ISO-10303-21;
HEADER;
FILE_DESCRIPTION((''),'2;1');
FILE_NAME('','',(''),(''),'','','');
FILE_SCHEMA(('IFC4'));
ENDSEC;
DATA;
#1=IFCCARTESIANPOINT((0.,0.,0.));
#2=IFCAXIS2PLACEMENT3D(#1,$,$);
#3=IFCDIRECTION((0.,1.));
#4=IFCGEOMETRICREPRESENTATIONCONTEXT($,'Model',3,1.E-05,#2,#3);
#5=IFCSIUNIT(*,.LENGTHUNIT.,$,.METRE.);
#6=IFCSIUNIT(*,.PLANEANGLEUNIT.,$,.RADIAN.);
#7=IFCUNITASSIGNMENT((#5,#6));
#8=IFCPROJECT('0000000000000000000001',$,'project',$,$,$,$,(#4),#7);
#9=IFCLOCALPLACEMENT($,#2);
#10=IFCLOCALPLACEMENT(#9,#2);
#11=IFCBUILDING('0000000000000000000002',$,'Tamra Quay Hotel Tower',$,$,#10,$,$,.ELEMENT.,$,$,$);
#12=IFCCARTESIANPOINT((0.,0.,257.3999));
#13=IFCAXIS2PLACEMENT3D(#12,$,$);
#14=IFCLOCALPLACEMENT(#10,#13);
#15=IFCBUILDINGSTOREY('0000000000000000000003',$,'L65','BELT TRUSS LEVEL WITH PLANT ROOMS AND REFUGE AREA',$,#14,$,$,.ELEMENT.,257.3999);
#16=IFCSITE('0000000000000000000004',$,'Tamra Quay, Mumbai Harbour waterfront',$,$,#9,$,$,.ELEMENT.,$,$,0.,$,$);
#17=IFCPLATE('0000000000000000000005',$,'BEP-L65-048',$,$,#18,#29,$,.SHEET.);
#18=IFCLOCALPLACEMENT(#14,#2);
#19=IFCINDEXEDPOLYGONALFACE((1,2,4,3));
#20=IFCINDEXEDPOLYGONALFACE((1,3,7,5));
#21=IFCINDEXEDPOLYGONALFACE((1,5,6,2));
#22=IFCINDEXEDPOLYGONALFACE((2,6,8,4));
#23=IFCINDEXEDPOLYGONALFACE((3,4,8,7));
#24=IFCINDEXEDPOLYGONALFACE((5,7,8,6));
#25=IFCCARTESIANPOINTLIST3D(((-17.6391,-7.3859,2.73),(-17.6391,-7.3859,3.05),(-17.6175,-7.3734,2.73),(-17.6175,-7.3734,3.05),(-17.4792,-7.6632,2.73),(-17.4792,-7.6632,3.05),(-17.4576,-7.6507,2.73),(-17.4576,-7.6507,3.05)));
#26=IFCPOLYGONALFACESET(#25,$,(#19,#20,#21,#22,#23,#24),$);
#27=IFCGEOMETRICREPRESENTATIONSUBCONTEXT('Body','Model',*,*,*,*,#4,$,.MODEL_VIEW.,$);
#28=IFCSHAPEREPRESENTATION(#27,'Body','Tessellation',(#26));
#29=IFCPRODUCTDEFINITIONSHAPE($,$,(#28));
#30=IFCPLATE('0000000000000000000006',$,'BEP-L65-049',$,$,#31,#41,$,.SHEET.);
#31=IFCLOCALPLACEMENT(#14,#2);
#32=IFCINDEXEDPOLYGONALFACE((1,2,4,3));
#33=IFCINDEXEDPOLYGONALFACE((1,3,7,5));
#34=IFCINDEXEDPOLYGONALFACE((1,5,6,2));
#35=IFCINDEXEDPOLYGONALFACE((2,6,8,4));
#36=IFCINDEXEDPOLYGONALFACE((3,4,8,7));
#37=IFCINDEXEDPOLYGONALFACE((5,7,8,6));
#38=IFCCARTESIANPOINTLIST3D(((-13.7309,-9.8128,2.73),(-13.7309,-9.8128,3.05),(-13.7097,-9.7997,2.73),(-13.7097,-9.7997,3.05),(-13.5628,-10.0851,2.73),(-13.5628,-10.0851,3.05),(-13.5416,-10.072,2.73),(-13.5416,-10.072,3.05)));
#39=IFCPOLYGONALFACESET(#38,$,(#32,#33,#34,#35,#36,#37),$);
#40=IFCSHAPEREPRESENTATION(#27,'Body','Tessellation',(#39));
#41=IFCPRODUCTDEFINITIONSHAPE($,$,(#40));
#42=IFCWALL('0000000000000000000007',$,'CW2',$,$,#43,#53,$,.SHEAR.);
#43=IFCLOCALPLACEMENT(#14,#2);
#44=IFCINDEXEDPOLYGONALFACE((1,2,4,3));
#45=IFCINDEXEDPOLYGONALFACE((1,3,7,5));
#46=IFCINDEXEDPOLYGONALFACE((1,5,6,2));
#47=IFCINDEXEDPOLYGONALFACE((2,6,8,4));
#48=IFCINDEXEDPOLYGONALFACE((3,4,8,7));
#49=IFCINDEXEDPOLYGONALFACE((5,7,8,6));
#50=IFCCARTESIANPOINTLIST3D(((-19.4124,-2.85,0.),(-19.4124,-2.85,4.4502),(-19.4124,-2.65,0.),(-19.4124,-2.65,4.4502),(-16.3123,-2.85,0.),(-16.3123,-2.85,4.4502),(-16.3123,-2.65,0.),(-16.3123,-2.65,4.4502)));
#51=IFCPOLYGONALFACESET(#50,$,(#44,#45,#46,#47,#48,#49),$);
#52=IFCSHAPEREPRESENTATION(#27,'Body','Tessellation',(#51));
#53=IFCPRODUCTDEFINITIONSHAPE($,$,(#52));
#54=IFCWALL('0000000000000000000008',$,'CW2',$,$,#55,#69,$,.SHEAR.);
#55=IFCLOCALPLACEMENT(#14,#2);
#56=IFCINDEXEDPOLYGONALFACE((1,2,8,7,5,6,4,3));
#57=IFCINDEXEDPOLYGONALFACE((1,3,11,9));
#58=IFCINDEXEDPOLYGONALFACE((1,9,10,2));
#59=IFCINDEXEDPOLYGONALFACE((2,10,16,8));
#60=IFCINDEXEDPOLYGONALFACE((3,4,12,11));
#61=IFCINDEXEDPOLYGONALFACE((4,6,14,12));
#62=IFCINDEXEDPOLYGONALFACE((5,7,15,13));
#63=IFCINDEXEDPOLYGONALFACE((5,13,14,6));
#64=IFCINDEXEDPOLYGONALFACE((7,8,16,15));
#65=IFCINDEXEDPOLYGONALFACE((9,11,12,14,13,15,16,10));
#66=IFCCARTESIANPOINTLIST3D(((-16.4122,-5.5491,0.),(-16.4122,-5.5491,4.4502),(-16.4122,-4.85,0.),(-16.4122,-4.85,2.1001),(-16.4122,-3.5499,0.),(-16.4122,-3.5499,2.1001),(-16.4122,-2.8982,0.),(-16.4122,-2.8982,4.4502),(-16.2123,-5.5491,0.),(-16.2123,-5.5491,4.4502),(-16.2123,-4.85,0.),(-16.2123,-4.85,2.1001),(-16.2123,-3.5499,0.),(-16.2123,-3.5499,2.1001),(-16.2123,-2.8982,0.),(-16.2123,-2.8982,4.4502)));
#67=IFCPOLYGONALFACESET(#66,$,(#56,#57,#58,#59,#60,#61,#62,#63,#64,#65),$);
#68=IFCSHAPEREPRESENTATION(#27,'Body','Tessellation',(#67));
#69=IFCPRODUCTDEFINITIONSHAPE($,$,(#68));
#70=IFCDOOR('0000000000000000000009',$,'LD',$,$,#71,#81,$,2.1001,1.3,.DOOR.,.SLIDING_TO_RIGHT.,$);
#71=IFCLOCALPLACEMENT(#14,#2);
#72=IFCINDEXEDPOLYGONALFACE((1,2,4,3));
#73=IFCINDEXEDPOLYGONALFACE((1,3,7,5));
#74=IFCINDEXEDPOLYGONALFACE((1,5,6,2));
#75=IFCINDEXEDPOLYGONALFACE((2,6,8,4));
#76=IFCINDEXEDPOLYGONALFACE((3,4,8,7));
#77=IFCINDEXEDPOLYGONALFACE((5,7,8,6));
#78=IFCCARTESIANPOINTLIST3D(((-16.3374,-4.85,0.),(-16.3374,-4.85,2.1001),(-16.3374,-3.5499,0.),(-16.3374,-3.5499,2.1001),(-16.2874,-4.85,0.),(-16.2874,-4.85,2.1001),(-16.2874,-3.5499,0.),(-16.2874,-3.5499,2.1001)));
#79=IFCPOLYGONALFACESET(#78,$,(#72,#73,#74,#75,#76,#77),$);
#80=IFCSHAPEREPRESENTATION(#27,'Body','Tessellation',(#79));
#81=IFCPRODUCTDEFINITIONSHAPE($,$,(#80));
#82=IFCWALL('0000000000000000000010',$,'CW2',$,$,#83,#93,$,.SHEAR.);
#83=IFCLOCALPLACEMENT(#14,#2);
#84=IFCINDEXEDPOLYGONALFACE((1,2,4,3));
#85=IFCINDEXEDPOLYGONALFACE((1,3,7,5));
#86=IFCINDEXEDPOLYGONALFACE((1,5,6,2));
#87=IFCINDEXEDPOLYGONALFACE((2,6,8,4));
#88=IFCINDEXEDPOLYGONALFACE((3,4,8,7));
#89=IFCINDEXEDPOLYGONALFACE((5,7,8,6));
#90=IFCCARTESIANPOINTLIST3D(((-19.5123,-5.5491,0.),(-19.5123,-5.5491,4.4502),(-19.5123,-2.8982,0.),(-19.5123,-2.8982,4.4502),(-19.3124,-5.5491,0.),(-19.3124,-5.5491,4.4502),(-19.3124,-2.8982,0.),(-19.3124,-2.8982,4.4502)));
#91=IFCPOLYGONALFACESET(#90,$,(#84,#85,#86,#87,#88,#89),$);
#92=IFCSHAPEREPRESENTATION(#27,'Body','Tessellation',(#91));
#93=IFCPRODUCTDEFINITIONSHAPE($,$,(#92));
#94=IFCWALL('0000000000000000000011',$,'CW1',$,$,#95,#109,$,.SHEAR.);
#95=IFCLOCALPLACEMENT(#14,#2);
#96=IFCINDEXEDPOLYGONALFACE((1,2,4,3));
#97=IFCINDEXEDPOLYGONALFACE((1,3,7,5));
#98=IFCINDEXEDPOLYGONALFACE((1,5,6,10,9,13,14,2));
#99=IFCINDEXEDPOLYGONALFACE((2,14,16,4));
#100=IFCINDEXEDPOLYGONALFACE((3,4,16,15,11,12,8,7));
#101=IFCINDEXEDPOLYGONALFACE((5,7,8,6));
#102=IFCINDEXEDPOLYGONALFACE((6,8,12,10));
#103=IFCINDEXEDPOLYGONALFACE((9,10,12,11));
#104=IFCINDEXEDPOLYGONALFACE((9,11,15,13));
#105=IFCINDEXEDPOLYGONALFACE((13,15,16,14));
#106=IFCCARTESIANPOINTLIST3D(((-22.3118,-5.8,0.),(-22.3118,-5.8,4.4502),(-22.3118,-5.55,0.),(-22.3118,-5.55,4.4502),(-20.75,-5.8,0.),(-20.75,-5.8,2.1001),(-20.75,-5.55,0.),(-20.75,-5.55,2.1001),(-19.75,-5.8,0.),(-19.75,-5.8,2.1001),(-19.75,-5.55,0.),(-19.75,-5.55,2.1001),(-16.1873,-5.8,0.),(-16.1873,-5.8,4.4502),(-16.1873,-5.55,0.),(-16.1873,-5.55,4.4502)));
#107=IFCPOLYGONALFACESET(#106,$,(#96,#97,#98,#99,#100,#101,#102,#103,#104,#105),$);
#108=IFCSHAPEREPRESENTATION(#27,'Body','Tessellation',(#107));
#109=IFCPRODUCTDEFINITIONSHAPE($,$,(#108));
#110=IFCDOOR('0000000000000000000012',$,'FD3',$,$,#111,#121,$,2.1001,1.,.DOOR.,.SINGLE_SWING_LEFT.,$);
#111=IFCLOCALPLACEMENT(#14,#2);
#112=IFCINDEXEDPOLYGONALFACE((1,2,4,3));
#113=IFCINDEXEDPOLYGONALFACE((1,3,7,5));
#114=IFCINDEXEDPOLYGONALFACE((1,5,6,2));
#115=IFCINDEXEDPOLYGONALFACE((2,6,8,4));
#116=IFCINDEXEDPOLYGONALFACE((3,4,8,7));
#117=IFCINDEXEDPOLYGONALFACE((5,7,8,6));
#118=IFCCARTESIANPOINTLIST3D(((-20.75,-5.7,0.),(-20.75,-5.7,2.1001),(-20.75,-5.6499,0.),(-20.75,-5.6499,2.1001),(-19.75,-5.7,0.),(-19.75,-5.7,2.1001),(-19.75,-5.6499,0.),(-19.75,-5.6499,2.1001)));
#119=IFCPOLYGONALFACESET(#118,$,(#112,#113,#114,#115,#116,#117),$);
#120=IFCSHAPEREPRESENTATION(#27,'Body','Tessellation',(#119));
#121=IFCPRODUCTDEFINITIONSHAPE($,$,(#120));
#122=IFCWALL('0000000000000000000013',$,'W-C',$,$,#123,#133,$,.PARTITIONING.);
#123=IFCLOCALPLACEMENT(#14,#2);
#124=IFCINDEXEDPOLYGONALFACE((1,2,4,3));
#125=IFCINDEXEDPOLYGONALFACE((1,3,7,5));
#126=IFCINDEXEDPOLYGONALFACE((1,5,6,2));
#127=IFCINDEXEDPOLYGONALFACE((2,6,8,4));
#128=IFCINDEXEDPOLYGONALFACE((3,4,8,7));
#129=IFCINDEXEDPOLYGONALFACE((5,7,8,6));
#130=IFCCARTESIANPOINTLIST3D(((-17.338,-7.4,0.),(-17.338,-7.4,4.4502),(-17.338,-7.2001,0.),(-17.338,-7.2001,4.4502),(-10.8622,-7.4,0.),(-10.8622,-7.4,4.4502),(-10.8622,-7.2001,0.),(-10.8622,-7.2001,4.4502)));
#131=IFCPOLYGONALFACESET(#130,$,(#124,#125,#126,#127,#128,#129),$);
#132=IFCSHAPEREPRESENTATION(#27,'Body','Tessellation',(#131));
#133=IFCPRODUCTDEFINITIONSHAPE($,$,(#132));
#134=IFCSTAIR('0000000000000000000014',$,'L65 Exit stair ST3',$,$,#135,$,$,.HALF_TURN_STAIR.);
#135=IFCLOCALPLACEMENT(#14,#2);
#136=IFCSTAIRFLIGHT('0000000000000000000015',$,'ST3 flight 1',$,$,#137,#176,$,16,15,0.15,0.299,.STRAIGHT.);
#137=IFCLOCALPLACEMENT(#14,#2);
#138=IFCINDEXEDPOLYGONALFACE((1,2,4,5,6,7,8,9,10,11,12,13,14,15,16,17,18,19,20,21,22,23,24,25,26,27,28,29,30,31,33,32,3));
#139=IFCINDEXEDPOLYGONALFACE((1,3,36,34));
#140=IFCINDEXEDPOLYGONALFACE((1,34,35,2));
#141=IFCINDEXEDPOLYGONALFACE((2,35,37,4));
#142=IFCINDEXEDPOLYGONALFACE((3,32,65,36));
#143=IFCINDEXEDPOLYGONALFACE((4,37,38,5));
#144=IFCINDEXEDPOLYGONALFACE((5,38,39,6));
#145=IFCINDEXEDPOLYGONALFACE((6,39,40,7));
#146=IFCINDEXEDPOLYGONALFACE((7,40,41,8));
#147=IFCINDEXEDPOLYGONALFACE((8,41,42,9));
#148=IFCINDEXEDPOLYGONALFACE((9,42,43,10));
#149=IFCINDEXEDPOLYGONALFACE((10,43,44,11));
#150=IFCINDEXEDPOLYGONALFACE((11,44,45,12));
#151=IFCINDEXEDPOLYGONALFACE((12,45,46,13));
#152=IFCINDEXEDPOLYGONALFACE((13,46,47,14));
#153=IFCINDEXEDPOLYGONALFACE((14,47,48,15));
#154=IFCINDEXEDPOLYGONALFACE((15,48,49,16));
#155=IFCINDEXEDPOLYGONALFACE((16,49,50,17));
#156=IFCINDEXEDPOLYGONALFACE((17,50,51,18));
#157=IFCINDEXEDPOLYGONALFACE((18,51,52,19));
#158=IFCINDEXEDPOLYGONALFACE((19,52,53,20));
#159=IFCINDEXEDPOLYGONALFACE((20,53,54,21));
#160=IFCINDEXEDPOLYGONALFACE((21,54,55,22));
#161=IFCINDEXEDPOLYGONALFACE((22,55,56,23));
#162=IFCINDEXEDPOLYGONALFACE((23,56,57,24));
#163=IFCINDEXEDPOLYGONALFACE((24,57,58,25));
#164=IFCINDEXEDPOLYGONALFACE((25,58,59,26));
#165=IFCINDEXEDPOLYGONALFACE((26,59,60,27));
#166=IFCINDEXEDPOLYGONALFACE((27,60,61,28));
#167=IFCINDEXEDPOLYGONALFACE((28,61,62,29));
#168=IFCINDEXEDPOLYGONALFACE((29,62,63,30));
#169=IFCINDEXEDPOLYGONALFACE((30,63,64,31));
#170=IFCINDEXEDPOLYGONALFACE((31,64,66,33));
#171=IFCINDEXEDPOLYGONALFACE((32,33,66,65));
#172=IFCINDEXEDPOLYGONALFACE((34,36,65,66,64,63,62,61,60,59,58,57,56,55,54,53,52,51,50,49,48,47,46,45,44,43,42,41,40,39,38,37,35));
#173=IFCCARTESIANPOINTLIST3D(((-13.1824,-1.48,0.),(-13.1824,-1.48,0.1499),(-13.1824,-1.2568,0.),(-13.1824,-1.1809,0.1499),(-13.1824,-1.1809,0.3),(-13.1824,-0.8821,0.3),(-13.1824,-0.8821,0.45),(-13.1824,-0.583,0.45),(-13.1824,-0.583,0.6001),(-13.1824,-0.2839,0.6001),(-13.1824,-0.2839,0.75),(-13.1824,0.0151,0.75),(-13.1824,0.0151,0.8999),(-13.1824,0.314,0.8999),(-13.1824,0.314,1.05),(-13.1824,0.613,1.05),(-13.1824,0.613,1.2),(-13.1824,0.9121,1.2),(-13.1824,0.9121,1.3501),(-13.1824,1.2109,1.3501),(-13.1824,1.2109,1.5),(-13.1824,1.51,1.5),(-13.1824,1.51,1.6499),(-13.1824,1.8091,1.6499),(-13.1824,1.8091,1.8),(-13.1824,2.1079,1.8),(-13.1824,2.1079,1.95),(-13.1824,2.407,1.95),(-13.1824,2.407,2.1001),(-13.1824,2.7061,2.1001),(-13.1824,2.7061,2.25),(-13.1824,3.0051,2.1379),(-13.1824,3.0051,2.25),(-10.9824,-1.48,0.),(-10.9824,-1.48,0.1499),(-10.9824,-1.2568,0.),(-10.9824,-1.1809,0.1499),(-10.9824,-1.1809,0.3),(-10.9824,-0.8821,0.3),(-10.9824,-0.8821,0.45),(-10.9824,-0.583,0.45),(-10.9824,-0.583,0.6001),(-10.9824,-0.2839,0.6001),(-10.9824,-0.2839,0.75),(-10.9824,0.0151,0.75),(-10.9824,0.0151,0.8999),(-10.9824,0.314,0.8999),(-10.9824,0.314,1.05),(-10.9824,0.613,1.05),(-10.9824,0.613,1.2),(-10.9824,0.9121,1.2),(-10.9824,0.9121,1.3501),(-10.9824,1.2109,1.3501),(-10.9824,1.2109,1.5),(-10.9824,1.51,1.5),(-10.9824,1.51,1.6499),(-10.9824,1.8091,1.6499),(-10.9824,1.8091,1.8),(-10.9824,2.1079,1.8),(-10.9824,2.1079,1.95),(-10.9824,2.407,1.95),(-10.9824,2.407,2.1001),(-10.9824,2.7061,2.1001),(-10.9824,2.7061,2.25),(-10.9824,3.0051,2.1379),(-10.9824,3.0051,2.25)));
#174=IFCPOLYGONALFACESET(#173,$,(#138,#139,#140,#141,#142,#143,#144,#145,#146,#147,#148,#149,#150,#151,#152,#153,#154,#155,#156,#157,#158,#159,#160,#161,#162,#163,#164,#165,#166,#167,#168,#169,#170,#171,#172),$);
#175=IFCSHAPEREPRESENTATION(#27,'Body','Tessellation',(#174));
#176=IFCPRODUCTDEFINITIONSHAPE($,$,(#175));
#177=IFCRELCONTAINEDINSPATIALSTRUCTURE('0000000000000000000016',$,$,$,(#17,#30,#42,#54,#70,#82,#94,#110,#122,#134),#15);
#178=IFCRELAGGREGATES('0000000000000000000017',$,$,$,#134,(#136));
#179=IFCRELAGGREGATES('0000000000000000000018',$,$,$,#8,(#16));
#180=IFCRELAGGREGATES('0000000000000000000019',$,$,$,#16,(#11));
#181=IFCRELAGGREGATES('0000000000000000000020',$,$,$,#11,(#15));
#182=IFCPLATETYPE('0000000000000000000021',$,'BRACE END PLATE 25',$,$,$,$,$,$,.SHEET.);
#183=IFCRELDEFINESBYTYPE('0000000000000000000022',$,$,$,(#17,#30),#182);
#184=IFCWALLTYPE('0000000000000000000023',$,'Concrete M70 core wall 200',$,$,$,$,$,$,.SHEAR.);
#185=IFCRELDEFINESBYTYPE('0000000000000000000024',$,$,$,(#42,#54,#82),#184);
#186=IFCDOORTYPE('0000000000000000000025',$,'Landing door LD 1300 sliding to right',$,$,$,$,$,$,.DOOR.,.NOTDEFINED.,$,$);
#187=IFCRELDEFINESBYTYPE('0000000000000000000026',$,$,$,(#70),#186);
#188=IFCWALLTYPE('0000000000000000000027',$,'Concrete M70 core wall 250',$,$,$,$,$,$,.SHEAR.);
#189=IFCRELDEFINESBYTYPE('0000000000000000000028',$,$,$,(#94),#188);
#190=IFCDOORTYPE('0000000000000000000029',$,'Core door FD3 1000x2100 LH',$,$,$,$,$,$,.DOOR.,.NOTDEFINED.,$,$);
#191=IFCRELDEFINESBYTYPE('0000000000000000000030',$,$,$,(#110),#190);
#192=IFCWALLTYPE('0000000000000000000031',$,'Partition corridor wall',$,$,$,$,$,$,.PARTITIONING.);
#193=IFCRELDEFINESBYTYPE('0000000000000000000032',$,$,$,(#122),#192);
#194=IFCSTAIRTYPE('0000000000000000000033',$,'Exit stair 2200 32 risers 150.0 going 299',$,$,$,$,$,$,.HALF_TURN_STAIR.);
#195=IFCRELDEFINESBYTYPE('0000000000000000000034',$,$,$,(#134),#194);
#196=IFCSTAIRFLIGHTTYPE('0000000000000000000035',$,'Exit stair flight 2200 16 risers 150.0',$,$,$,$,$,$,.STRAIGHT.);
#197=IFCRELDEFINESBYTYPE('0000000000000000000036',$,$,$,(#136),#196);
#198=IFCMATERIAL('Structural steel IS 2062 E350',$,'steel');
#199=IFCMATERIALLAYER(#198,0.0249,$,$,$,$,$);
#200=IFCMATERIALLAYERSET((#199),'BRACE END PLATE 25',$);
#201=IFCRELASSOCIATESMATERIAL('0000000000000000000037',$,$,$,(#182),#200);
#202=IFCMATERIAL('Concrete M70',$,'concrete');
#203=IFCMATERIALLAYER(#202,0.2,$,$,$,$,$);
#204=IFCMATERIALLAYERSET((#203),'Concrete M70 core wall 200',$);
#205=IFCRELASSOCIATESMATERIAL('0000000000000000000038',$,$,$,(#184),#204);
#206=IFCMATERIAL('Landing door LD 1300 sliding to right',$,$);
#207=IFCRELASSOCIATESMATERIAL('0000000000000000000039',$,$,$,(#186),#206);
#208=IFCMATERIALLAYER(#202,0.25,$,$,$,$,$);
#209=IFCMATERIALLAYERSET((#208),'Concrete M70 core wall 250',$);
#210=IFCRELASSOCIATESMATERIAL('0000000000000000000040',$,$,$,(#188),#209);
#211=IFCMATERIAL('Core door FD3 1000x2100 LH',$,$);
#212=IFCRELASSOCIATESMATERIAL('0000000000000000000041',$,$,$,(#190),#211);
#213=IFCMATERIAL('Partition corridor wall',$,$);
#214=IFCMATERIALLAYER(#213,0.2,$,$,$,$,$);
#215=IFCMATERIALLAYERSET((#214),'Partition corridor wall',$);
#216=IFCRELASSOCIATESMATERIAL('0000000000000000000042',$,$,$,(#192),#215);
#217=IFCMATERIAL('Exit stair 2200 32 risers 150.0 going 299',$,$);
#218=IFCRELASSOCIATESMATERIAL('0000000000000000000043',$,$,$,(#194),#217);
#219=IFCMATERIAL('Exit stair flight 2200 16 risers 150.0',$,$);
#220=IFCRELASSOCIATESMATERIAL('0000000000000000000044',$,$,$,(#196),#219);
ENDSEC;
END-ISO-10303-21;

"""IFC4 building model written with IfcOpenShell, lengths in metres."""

from ifc_helpers import new_model, si_unit, direction, frame, frame_2d, origin, origin_2d, place, context, subcontext, project, spatial, polyline, rectangle, outline, extrude, material, layer, layer_set, type_object, element, fill, aggregate, save


model = new_model("IFC4")

# Units and contexts
model_context = context("Model", 3, precision=1e-05, world=origin(), true_north=direction((0.0, 1.0)))
body_context = subcontext(model_context, "Body", "Model", "MODEL_VIEW")
ifc_project = project(units=[si_unit("LENGTHUNIT", "METRE"), si_unit("PLANEANGLEUNIT", "RADIAN")], contexts=[model_context])

# Site, building, storey
site_placement = place(None, origin())
site = spatial("IfcSite", under=ifc_project, at=site_placement, Name="Tamra Quay, Mumbai Harbour waterfront", CompositionType="ELEMENT", RefElevation=0.0)
building_placement = place(site_placement, origin())
building = spatial("IfcBuilding", under=site, at=building_placement, Name="Tamra Quay Hotel Tower", CompositionType="ELEMENT")
storey_placement = place(building_placement, frame((0.0, 0.0, 257.3999)))
storey = spatial("IfcBuildingStorey", under=building, at=storey_placement, Name="L65", Description="BELT TRUSS LEVEL WITH PLANT ROOMS AND REFUGE AREA", CompositionType="ELEMENT", Elevation=257.3999)

# Shared definitions
ifc_material_1 = material(Name="Structural steel IS 2062 E350", Category="steel")

# Plates
ifc_layer_1 = layer(ifc_material_1, 0.0249)
ifc_layer_set_1 = layer_set([ifc_layer_1], Name="BRACE END PLATE 25")
plate_type = type_object("IfcPlateType", Name="BRACE END PLATE 25", PredefinedType="SHEET", material=ifc_layer_set_1)
for number, where, z_axis, x_axis, name in (
    (1, (-17.5483, -7.5183, 2.73), (0.0, 0.0, 1.0), (0.866364, 0.499413, 0.0), "BEP-L65-048"),
    (2, (-13.6362, -9.9424, 2.73), (0.0, 0.0, 1.0), (0.85089, 0.525344, 0.0), "BEP-L65-049"),
):
    element("IfcPlate", number, at=place(storey_placement, frame(where, z_axis=z_axis, x_axis=x_axis)), inside=storey, type_object=plate_type, Name=name, PredefinedType="SHEET", context=body_context, shape_type="SweptSolid", body=[
        extrude(rectangle(XDim=0.0249, YDim=0.3201, at=origin_2d()), origin(), (0.0, 0.0, 1.0), 0.3201),
    ])

# Wall
ifc_material_2 = material(Name="Concrete M70", Category="concrete")
ifc_layer_2 = layer(ifc_material_2, 0.2)
ifc_layer_set_2 = layer_set([ifc_layer_2], Name="Concrete M70 core wall 200")
wall_type_1 = type_object("IfcWallType", Name="Concrete M70 core wall 200", PredefinedType="SHEAR", material=ifc_layer_set_2)
wall_1_placement = place(storey_placement, frame((-19.4124, -2.75, 0.0), z_axis=(0.0, 0.0, 1.0), x_axis=(1.0, 0.0, 0.0)))
element("IfcWall", 3, at=wall_1_placement, inside=storey, type_object=wall_type_1, Name="CW2", PredefinedType="SHEAR", context=body_context, shape_type="SweptSolid", body=[
    extrude(rectangle(XDim=3.1001, YDim=0.2, at=frame_2d((1.55, 0.0))), origin(), (0.0, 0.0, 1.0), 4.4502),
])

# Wall, opening, door
wall_2_placement = place(storey_placement, frame((-16.3123, -2.8982, 0.0), z_axis=(0.0, 0.0, 1.0), x_axis=(0.0, -1.0, 0.0)))
wall_2 = element("IfcWall", 4, at=wall_2_placement, inside=storey, type_object=wall_type_1, Name="CW2", PredefinedType="SHEAR", context=body_context, shape_type="SweptSolid", body=[
    extrude(rectangle(XDim=2.6509, YDim=0.2, at=frame_2d((1.3254, 0.0))), origin(), (0.0, 0.0, 1.0), 4.4502),
])
opening_1_placement = place(wall_2_placement, frame((0.6519, 0.0, 0.0)))
opening_1 = element("IfcOpeningElement", 5, at=opening_1_placement, cuts=wall_2, PredefinedType="OPENING", context=body_context, shape_type="SweptSolid", body=[
    extrude(rectangle(XDim=1.3, YDim=2.1001, at=frame_2d((0.6499, 1.05))), frame((0.0, 0.1099, 0.0), z_axis=(0.0, -1.0, 0.0), x_axis=(1.0, 0.0, 0.0)), (0.0, 0.0, 1.0), 0.22),
])
ifc_material_3 = material(Name="Landing door LD 1300 sliding to right")
door_type_1 = type_object("IfcDoorType", Name="Landing door LD 1300 sliding to right", OperationType="NOTDEFINED", PredefinedType="DOOR", material=ifc_material_3)
door_1_placement = place(opening_1_placement, origin())
door_1 = element("IfcDoor", 6, at=door_1_placement, inside=storey, type_object=door_type_1, Name="LD", OperationType="SLIDING_TO_RIGHT", OverallHeight=2.1001, OverallWidth=1.3, PredefinedType="DOOR", context=body_context, shape_type="SweptSolid", body=[
    extrude(rectangle(XDim=1.3, YDim=2.1001, at=frame_2d((0.6499, 1.05))), frame((0.0, 0.0249, 0.0), z_axis=(0.0, -1.0, 0.0), x_axis=(1.0, 0.0, 0.0)), (0.0, 0.0, 1.0), 0.05),
])
fill(opening_1, door_1)

# Wall
wall_3_placement = place(storey_placement, frame((-19.4124, -5.5491, 0.0), z_axis=(0.0, 0.0, 1.0), x_axis=(0.0, 1.0, 0.0)))
element("IfcWall", 7, at=wall_3_placement, inside=storey, type_object=wall_type_1, Name="CW2", PredefinedType="SHEAR", context=body_context, shape_type="SweptSolid", body=[
    extrude(rectangle(XDim=2.6509, YDim=0.2, at=frame_2d((1.3254, 0.0))), origin(), (0.0, 0.0, 1.0), 4.4502),
])

# Wall, opening, door
ifc_layer_3 = layer(ifc_material_2, 0.25)
ifc_layer_set_3 = layer_set([ifc_layer_3], Name="Concrete M70 core wall 250")
wall_type_2 = type_object("IfcWallType", Name="Concrete M70 core wall 250", PredefinedType="SHEAR", material=ifc_layer_set_3)
wall_4_placement = place(storey_placement, frame((-16.1873, -5.675, 0.0), z_axis=(0.0, 0.0, 1.0), x_axis=(-1.0, 0.0, 0.0)))
wall_4 = element("IfcWall", 8, at=wall_4_placement, inside=storey, type_object=wall_type_2, Name="CW1", PredefinedType="SHEAR", context=body_context, shape_type="SweptSolid", body=[
    extrude(rectangle(XDim=6.1245, YDim=0.25, at=frame_2d((3.0623, 0.0))), origin(), (0.0, 0.0, 1.0), 4.4502),
])
opening_2_placement = place(wall_4_placement, frame((3.5627, 0.0, 0.0)))
opening_2 = element("IfcOpeningElement", 9, at=opening_2_placement, cuts=wall_4, PredefinedType="OPENING", context=body_context, shape_type="SweptSolid", body=[
    extrude(rectangle(XDim=1.0, YDim=2.1001, at=frame_2d((0.5, 1.05))), frame((0.0, 0.135, 0.0), z_axis=(0.0, -1.0, 0.0), x_axis=(1.0, 0.0, 0.0)), (0.0, 0.0, 1.0), 0.27),
])
ifc_material_4 = material(Name="Core door FD3 1000x2100 LH")
door_type_2 = type_object("IfcDoorType", Name="Core door FD3 1000x2100 LH", OperationType="NOTDEFINED", PredefinedType="DOOR", material=ifc_material_4)
door_2_placement = place(opening_2_placement, origin())
door_2 = element("IfcDoor", 10, at=door_2_placement, inside=storey, type_object=door_type_2, Name="FD3", OperationType="SINGLE_SWING_LEFT", OverallHeight=2.1001, OverallWidth=1.0, PredefinedType="DOOR", context=body_context, shape_type="SweptSolid", body=[
    extrude(rectangle(XDim=1.0, YDim=2.1001, at=frame_2d((0.5, 1.05))), frame((0.0, 0.0249, 0.0), z_axis=(0.0, -1.0, 0.0), x_axis=(1.0, 0.0, 0.0)), (0.0, 0.0, 1.0), 0.05),
])
fill(opening_2, door_2)

# Wall
ifc_material_5 = material(Name="Partition corridor wall")
ifc_layer_4 = layer(ifc_material_5, 0.2)
ifc_layer_set_4 = layer_set([ifc_layer_4], Name="Partition corridor wall")
wall_type_3 = type_object("IfcWallType", Name="Partition corridor wall", PredefinedType="PARTITIONING", material=ifc_layer_set_4)
wall_5_placement = place(storey_placement, frame((-17.3379, -7.3, 0.0), z_axis=(0.0, 0.0, 1.0), x_axis=(1.0, 0.0, 0.0)))
element("IfcWall", 11, at=wall_5_placement, inside=storey, type_object=wall_type_3, Name="W-C", PredefinedType="PARTITIONING", context=body_context, shape_type="SweptSolid", body=[
    extrude(rectangle(XDim=6.4758, YDim=0.2, at=frame_2d((3.2378, 0.0))), origin(), (0.0, 0.0, 1.0), 4.4502),
])

# Stair, stair flight
ifc_material_6 = material(Name="Exit stair 2200 32 risers 150.0 going 299")
stair_type = type_object("IfcStairType", Name="Exit stair 2200 32 risers 150.0 going 299", PredefinedType="HALF_TURN_STAIR", material=ifc_material_6)
stair_placement = place(storey_placement, origin())
stair = element("IfcStair", 12, at=stair_placement, inside=storey, type_object=stair_type, Name="L65 Exit stair ST3", PredefinedType="HALF_TURN_STAIR")
ifc_material_7 = material(Name="Exit stair flight 2200 16 risers 150.0")
stair_flight_type = type_object("IfcStairFlightType", Name="Exit stair flight 2200 16 risers 150.0", PredefinedType="STRAIGHT", material=ifc_material_7)
stair_flight_placement = place(storey_placement, frame((-12.0823, -1.48, 0.0), z_axis=(0.0, 0.0, 1.0), x_axis=(0.0, 1.0, 0.0)))
stair_flight = element("IfcStairFlight", 13, at=stair_flight_placement, type_object=stair_flight_type, Name="ST3 flight 1", NumberOfRisers=16, NumberOfTreads=15, PredefinedType="STRAIGHT", RiserHeight=0.15, TreadLength=0.299, context=body_context, shape_type="SweptSolid", body=[
    extrude(outline(polyline([(0.0, 0.0), (0.0, 0.1499), (0.2991, 0.1499), (0.2991, 0.3), (0.5979, 0.3), (0.5979, 0.45), (0.897, 0.45), (0.897, 0.6001), (1.196, 0.6001), (1.196, 0.75), (1.4951, 0.75), (1.4951, 0.8999), (1.7939, 0.8999), (1.7939, 1.05), (2.093, 1.05), (2.093, 1.2), (2.3921, 1.2), (2.3921, 1.3501), (2.6909, 1.3501), (2.6909, 1.5), (2.99, 1.5), (2.99, 1.6499), (3.2891, 1.6499), (3.2891, 1.8), (3.5879, 1.8), (3.5879, 1.95), (3.887, 1.95), (3.887, 2.1001), (4.186, 2.1001), (4.186, 2.25), (4.4851, 2.25), (4.4851, 2.3999), (4.4851, 2.1379), (0.2231, 0.0), (0.0, 0.0)])), frame((0.0, 1.1001, 0.0), z_axis=(0.0, -1.0, 0.0), x_axis=(1.0, 0.0, 0.0)), (0.0, 0.0, 1.0), 2.2),
])
aggregate(stair, [stair_flight])

save(model, "model.ifc")
